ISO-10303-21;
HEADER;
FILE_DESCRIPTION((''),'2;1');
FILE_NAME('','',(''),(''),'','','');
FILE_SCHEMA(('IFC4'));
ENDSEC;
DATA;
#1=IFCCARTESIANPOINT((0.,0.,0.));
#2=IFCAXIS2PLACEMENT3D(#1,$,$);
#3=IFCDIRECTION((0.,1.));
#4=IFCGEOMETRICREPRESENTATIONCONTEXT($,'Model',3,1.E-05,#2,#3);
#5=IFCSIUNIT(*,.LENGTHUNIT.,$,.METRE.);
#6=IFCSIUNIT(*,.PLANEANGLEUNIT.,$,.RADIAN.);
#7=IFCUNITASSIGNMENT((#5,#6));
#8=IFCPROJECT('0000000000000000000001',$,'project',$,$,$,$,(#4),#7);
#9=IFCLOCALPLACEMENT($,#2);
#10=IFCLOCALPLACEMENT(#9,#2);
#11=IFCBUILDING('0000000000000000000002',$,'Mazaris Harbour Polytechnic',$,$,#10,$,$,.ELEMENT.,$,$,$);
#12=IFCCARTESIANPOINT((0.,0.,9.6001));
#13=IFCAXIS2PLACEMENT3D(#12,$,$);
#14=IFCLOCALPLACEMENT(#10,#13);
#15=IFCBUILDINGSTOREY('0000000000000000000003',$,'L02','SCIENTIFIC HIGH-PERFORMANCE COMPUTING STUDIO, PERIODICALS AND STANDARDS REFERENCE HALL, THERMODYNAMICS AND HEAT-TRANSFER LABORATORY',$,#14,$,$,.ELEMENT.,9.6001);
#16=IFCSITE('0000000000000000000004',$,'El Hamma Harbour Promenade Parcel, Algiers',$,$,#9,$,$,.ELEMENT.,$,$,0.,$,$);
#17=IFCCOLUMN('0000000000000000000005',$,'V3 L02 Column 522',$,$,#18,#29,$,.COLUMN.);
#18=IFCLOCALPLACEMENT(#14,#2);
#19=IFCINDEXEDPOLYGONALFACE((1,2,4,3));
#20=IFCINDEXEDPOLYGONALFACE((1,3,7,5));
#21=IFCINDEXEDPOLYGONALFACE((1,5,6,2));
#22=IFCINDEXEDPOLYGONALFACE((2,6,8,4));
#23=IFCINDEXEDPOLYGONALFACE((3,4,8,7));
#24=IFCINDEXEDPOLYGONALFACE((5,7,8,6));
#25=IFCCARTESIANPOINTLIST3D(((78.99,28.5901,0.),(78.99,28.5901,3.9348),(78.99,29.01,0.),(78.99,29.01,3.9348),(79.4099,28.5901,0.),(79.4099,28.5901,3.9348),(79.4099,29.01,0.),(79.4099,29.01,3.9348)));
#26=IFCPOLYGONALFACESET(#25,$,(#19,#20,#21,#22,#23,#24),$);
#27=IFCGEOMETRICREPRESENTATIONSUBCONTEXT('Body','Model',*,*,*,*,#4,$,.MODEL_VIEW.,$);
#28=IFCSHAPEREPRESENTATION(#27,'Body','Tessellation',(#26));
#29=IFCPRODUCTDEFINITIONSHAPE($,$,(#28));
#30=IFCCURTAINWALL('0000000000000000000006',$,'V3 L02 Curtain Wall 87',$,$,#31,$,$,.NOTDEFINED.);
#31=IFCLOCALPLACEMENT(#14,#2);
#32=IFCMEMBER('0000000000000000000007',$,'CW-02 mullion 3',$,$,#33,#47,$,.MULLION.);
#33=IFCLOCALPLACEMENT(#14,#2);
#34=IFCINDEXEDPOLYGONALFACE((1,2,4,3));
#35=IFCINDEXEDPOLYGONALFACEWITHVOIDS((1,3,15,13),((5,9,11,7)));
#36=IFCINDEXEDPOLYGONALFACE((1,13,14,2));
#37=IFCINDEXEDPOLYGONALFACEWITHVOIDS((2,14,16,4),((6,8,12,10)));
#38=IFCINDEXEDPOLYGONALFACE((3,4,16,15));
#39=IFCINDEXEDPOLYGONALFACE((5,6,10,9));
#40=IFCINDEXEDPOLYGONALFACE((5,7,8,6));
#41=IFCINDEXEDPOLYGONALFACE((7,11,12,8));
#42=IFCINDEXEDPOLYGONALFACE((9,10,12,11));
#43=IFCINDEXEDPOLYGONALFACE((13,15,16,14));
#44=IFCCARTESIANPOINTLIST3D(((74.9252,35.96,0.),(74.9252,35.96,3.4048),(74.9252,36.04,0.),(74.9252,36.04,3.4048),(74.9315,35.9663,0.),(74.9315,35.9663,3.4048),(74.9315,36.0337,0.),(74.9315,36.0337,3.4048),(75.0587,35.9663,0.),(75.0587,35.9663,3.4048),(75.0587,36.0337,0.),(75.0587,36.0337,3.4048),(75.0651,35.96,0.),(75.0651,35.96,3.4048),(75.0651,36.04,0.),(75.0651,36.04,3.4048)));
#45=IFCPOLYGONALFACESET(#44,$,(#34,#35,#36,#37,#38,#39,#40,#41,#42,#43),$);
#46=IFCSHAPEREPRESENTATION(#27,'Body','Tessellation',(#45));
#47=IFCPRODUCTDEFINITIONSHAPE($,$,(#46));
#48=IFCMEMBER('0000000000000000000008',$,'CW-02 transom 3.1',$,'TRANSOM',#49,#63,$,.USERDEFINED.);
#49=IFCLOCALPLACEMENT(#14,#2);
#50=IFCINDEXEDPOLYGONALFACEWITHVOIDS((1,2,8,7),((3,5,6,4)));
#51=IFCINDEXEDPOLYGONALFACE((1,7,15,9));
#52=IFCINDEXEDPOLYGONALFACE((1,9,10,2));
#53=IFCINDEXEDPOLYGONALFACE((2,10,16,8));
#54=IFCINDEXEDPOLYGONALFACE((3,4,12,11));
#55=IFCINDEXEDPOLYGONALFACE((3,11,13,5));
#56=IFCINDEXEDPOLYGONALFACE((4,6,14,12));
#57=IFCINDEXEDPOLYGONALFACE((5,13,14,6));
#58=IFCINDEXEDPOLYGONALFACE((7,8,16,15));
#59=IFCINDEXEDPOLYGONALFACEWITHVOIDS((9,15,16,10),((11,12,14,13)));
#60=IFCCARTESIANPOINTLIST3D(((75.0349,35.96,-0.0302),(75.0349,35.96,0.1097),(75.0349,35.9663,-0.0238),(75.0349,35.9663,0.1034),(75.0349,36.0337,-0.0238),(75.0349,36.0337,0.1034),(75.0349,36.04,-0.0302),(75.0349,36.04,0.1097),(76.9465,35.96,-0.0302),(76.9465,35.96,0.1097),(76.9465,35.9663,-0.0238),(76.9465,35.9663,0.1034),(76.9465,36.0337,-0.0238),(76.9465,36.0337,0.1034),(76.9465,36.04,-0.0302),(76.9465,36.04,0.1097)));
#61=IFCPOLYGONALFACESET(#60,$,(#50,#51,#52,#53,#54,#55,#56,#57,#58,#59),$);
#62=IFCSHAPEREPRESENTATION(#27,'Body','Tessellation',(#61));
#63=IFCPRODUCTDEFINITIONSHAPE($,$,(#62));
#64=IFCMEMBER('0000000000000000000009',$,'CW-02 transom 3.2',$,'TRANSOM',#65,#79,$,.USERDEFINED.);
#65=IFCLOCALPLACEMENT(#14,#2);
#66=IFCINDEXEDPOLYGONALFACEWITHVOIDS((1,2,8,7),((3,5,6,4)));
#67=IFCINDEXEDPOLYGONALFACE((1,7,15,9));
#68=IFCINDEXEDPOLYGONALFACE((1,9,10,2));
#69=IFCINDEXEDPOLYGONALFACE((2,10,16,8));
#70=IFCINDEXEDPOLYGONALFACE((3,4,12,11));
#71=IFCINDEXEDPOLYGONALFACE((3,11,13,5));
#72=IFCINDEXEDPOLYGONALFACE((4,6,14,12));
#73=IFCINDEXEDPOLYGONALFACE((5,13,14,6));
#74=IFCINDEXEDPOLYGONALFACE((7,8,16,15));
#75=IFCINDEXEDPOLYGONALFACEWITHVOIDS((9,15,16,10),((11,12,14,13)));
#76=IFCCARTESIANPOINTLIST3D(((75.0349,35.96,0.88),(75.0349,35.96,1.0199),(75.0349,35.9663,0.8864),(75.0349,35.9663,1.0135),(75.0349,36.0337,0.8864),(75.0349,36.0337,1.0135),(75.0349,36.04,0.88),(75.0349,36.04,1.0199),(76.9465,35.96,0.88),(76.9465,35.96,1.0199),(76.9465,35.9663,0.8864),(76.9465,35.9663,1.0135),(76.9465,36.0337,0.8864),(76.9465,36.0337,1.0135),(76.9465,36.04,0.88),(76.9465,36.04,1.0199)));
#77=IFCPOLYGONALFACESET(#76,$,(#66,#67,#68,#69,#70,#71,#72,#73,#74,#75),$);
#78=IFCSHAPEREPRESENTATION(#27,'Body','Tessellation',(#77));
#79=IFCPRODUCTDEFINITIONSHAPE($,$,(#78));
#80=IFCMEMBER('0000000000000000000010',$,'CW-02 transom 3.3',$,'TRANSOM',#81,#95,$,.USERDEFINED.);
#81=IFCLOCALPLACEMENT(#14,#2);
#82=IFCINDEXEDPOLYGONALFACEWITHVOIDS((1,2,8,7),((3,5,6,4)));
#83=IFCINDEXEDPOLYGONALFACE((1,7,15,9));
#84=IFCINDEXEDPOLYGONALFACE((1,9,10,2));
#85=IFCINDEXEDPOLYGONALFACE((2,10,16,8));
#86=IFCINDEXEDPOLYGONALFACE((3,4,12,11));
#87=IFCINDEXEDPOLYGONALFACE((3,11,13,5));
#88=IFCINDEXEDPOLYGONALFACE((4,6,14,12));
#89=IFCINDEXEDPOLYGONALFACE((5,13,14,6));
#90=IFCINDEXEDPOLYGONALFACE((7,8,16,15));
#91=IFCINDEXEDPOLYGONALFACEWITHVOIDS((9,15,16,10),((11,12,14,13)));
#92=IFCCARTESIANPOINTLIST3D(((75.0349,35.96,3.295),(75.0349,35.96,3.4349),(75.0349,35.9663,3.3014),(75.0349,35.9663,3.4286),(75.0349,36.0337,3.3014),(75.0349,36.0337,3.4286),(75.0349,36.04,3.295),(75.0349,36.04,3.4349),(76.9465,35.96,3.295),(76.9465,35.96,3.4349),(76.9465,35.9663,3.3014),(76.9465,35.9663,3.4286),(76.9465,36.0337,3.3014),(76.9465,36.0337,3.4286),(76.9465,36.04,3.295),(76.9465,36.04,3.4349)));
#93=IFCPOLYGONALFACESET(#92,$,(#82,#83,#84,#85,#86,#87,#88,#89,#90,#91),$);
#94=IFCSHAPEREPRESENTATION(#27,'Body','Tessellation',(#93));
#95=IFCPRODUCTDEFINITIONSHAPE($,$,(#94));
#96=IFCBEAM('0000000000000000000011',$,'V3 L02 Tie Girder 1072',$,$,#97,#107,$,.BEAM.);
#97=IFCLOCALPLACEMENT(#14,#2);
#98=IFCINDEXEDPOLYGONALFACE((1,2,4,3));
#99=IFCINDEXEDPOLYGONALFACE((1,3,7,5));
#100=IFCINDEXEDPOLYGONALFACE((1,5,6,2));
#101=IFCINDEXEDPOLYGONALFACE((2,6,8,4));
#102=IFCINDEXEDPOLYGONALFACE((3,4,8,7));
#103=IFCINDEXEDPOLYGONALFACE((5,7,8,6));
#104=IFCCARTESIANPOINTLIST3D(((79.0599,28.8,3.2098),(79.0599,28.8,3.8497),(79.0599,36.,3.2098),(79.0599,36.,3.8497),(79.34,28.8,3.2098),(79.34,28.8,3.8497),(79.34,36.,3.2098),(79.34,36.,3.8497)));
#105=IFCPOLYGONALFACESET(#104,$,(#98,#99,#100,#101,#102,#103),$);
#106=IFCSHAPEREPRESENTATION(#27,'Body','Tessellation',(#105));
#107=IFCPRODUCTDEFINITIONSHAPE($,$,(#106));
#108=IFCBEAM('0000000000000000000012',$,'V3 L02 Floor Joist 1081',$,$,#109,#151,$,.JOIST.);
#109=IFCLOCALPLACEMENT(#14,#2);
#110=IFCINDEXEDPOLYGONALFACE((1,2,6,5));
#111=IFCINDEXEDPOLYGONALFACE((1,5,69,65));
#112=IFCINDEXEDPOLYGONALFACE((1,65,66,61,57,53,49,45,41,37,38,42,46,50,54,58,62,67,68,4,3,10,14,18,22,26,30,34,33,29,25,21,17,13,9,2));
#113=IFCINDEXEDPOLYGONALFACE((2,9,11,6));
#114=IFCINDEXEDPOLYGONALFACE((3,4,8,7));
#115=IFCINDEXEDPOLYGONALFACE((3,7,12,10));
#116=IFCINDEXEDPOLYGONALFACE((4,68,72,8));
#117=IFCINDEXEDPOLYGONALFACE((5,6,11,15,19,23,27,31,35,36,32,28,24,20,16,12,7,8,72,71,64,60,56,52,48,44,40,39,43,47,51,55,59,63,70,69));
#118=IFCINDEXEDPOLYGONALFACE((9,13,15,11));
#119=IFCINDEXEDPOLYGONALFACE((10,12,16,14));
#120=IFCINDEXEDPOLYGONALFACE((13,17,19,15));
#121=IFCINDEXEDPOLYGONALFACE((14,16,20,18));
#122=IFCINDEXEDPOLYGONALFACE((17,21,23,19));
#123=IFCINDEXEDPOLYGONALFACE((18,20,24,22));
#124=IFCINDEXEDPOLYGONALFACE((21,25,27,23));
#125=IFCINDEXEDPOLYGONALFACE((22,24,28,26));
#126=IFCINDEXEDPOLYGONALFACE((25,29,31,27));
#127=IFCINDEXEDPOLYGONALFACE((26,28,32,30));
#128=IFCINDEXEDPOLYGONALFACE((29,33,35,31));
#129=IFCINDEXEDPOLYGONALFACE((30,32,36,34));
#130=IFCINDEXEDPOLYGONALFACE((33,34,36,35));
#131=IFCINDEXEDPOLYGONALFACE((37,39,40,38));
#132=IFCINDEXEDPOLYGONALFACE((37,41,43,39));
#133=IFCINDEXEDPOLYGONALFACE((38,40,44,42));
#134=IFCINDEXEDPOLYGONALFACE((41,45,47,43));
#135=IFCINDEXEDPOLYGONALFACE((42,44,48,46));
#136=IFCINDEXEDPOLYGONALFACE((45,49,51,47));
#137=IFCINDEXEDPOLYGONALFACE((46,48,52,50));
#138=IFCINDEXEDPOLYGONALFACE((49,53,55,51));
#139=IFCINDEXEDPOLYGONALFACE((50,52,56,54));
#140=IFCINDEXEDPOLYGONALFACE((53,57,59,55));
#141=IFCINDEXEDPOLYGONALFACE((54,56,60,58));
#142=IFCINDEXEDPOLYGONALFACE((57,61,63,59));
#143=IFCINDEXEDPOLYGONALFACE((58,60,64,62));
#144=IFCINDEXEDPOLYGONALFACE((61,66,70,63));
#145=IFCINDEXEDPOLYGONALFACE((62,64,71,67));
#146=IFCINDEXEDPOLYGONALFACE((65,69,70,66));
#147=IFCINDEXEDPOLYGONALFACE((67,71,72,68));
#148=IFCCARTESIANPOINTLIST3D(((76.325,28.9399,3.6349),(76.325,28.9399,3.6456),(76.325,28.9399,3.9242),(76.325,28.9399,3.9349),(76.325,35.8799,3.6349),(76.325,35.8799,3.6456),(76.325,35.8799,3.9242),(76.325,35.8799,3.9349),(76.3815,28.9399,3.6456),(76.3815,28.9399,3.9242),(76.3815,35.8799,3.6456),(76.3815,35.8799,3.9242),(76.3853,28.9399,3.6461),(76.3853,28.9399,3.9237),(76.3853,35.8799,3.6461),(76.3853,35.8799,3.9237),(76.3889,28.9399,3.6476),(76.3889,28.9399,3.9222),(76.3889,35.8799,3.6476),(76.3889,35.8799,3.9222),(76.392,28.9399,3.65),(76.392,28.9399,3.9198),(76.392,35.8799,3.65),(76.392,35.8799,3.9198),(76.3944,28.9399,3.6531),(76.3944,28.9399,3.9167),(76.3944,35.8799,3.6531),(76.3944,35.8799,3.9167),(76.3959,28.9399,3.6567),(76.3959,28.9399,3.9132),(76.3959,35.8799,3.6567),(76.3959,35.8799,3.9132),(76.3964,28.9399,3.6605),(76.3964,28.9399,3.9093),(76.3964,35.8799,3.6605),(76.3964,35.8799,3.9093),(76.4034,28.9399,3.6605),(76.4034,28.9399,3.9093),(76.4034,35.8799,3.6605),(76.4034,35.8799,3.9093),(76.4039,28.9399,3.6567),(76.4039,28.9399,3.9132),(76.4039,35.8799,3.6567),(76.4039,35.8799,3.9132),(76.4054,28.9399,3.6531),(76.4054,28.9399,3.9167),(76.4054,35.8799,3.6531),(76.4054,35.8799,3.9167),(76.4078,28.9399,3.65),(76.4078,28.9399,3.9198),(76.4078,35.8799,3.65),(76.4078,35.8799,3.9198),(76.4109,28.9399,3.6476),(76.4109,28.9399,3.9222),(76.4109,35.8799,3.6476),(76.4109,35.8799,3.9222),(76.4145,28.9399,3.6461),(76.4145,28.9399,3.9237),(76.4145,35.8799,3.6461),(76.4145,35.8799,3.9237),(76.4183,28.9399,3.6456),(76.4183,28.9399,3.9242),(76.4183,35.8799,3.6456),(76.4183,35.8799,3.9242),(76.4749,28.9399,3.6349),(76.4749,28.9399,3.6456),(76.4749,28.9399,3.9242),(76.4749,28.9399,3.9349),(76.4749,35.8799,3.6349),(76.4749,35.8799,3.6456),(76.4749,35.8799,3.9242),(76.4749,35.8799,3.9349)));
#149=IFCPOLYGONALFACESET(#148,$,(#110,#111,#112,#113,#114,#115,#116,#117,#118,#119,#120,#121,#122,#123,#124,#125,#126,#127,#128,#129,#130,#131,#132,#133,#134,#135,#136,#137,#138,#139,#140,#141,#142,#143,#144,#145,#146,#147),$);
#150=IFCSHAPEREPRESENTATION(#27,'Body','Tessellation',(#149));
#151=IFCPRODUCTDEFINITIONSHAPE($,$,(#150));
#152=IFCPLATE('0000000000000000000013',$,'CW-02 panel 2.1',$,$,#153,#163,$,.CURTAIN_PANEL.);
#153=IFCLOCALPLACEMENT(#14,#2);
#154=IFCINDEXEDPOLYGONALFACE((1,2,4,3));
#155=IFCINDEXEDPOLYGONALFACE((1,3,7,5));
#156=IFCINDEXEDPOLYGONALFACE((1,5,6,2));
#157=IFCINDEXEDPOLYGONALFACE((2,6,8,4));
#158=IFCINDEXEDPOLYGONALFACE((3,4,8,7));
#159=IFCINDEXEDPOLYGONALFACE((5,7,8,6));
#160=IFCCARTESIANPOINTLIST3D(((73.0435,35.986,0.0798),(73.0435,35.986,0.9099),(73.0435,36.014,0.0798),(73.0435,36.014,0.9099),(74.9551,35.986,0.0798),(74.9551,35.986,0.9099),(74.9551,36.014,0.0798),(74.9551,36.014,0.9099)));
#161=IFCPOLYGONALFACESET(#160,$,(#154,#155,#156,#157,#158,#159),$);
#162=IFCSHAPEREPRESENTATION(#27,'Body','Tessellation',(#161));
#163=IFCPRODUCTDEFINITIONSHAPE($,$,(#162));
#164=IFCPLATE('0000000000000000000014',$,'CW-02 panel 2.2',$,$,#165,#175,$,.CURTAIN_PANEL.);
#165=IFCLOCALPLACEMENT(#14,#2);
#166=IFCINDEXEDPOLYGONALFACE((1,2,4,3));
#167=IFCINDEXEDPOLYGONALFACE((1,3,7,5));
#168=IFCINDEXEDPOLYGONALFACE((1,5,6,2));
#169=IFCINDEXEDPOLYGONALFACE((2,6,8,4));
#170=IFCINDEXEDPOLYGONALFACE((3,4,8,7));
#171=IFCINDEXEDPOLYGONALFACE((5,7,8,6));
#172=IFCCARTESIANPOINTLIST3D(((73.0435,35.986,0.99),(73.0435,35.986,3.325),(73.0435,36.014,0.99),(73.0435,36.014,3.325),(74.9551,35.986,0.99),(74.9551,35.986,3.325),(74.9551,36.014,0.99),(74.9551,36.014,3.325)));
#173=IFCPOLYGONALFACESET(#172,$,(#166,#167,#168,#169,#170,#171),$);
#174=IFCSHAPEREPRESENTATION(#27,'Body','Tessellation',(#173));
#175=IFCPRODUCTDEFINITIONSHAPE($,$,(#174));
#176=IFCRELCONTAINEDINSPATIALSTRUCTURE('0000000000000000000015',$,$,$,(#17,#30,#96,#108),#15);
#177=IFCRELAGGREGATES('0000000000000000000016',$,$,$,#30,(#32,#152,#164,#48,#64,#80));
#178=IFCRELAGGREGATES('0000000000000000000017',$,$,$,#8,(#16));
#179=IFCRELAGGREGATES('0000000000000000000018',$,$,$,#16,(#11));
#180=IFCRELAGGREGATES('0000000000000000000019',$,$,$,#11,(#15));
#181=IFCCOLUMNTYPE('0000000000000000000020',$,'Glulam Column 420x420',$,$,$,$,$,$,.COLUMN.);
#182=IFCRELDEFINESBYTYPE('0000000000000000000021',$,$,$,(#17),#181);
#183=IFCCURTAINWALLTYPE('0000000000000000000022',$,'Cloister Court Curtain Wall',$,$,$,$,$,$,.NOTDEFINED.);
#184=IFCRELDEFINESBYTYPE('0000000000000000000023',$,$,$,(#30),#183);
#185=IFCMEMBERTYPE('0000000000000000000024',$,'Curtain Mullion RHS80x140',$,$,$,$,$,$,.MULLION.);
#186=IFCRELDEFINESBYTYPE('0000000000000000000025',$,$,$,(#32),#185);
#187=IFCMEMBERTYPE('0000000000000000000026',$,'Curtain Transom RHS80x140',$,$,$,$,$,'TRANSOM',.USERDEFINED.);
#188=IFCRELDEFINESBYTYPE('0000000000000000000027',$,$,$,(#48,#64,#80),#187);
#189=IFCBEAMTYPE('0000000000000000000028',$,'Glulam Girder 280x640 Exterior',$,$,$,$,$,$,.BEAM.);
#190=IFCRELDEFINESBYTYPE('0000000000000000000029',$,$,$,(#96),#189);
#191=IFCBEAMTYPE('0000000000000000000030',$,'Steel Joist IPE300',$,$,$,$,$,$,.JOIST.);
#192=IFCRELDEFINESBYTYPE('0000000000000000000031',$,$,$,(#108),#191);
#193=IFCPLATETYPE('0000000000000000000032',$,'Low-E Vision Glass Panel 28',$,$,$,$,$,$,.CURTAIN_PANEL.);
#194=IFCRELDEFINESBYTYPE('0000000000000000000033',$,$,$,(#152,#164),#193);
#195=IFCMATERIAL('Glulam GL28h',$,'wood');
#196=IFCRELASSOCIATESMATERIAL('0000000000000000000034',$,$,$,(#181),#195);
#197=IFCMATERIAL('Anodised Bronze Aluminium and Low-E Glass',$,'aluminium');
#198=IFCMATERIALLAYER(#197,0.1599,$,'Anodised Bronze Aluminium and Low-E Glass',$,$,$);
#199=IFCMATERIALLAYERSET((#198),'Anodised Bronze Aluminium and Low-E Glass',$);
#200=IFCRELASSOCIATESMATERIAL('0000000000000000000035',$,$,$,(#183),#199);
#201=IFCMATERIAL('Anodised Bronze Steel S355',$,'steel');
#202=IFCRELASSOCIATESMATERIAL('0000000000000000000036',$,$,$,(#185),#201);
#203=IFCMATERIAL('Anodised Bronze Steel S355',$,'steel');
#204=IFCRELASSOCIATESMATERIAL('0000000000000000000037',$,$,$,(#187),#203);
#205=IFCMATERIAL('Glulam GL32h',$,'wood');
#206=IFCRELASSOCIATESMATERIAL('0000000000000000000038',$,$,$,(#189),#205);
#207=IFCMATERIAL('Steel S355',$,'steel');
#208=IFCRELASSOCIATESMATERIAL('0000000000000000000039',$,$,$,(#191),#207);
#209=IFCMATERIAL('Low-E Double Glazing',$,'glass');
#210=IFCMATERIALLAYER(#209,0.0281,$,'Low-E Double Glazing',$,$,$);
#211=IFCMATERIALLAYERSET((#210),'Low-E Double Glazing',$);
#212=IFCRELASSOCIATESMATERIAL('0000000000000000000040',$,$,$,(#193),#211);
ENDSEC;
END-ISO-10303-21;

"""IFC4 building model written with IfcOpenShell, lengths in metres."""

from ifc_helpers import new_model, si_unit, direction, frame, origin, origin_2d, place, context, subcontext, project, spatial, rectangle, hollow_rectangle, i_section, extrude, material, layer, layer_set, material_profile, profile_set, type_object, element, aggregate, save


model = new_model("IFC4")

# Units and contexts
model_context = context("Model", 3, precision=1e-05, world=origin(), true_north=direction((0.0, 1.0)))
body_context = subcontext(model_context, "Body", "Model", "MODEL_VIEW")
ifc_project = project(units=[si_unit("LENGTHUNIT", "METRE"), si_unit("PLANEANGLEUNIT", "RADIAN")], contexts=[model_context])

# Site, building, storey
site_placement = place(None, origin())
site = spatial("IfcSite", under=ifc_project, at=site_placement, Name="El Hamma Harbour Promenade Parcel, Algiers", CompositionType="ELEMENT", RefElevation=0.0)
building_placement = place(site_placement, origin())
building = spatial("IfcBuilding", under=site, at=building_placement, Name="Mazaris Harbour Polytechnic", CompositionType="ELEMENT")
storey_placement = place(building_placement, frame((0.0, 0.0, 9.6001)))
storey = spatial("IfcBuildingStorey", under=building, at=storey_placement, Name="L02", Description="SCIENTIFIC HIGH-PERFORMANCE COMPUTING STUDIO, PERIODICALS AND STANDARDS REFERENCE HALL, THERMODYNAMICS AND HEAT-TRANSFER LABORATORY", CompositionType="ELEMENT", Elevation=9.6001)

# Column
ifc_material_1 = material(Name="Glulam GL28h", Category="wood")
ifc_material_profile_1 = material_profile(ifc_material_1, rectangle(XDim=0.4199, YDim=0.4199, at=origin_2d()), Name="RECT420x420")
ifc_profile_set_1 = profile_set([ifc_material_profile_1], Name="Glulam GL28h")
column_type = type_object("IfcColumnType", Name="Glulam Column 420x420", PredefinedType="COLUMN", material=ifc_profile_set_1)
column_placement = place(storey_placement, frame((79.2, 28.8, 0.0), z_axis=(0.0, 0.0, 1.0), x_axis=(1.0, 0.0, 0.0)))
element("IfcColumn", 1, at=column_placement, inside=storey, type_object=column_type, Name="V3 L02 Column 522", PredefinedType="COLUMN", context=body_context, shape_type="SweptSolid", body=[
    extrude(rectangle(XDim=0.4199, YDim=0.4199, at=origin_2d()), origin(), (0.0, 0.0, 1.0), 3.9348),
])

# Curtain wall, members
ifc_material_2 = material(Name="Anodised Bronze Aluminium and Low-E Glass", Category="aluminium")
ifc_layer_1 = layer(ifc_material_2, 0.1599, Name="Anodised Bronze Aluminium and Low-E Glass")
ifc_layer_set_1 = layer_set([ifc_layer_1], Name="Anodised Bronze Aluminium and Low-E Glass")
curtain_wall_type = type_object("IfcCurtainWallType", Name="Cloister Court Curtain Wall", PredefinedType="NOTDEFINED", material=ifc_layer_set_1)
curtain_wall_placement = place(storey_placement, origin())
curtain_wall = element("IfcCurtainWall", 2, at=curtain_wall_placement, inside=storey, type_object=curtain_wall_type, Name="V3 L02 Curtain Wall 87", PredefinedType="NOTDEFINED")
ifc_material_3 = material(Name="Anodised Bronze Steel S355", Category="steel")
ifc_material_profile_2 = material_profile(ifc_material_3, hollow_rectangle(XDim=0.0801, YDim=0.1399, WallThickness=0.0063, at=origin_2d()), Name="RHS 80x140x6.3")
ifc_profile_set_2 = profile_set([ifc_material_profile_2], Name="Anodised Bronze Steel S355")
member_type_1 = type_object("IfcMemberType", Name="Curtain Mullion RHS80x140", PredefinedType="MULLION", material=ifc_profile_set_2)
member_1_placement = place(storey_placement, frame((74.9951, 36.0, 0.0), z_axis=(0.0, 0.0, 1.0), x_axis=(0.0, 1.0, 0.0)))
member_1 = element("IfcMember", 3, at=member_1_placement, type_object=member_type_1, Name="CW-02 mullion 3", PredefinedType="MULLION", context=body_context, shape_type="SweptSolid", body=[
    extrude(hollow_rectangle(XDim=0.0801, YDim=0.1399, WallThickness=0.0063, at=origin_2d()), origin(), (0.0, 0.0, 1.0), 3.4048),
])
ifc_material_4 = material(Name="Anodised Bronze Steel S355", Category="steel")
ifc_material_profile_3 = material_profile(ifc_material_4, hollow_rectangle(XDim=0.0801, YDim=0.1399, WallThickness=0.0063, at=origin_2d()), Name="RHS 80x140x6.3")
ifc_profile_set_3 = profile_set([ifc_material_profile_3], Name="Anodised Bronze Steel S355")
member_type_2 = type_object("IfcMemberType", Name="Curtain Transom RHS80x140", ElementType="TRANSOM", PredefinedType="USERDEFINED", material=ifc_profile_set_3)
member_2_placement = place(storey_placement, frame((75.0349, 36.0, 0.0398), z_axis=(1.0, 0.0, 0.0), x_axis=(0.0, 1.0, 0.0)))
member_2 = element("IfcMember", 4, at=member_2_placement, type_object=member_type_2, Name="CW-02 transom 3.1", ObjectType="TRANSOM", PredefinedType="USERDEFINED", context=body_context, shape_type="SweptSolid", body=[
    extrude(hollow_rectangle(XDim=0.0801, YDim=0.1399, WallThickness=0.0063, at=origin_2d()), origin(), (0.0, 0.0, 1.0), 1.9116),
])
member_3_placement = place(storey_placement, frame((75.0349, 36.0, 0.95), z_axis=(1.0, 0.0, 0.0), x_axis=(0.0, 1.0, 0.0)))
member_3 = element("IfcMember", 5, at=member_3_placement, type_object=member_type_2, Name="CW-02 transom 3.2", ObjectType="TRANSOM", PredefinedType="USERDEFINED", context=body_context, shape_type="SweptSolid", body=[
    extrude(hollow_rectangle(XDim=0.0801, YDim=0.1399, WallThickness=0.0063, at=origin_2d()), origin(), (0.0, 0.0, 1.0), 1.9116),
])
member_4_placement = place(storey_placement, frame((75.0349, 36.0, 3.365), z_axis=(1.0, 0.0, 0.0), x_axis=(0.0, 1.0, 0.0)))
member_4 = element("IfcMember", 6, at=member_4_placement, type_object=member_type_2, Name="CW-02 transom 3.3", ObjectType="TRANSOM", PredefinedType="USERDEFINED", context=body_context, shape_type="SweptSolid", body=[
    extrude(hollow_rectangle(XDim=0.0801, YDim=0.1399, WallThickness=0.0063, at=origin_2d()), origin(), (0.0, 0.0, 1.0), 1.9116),
])

# Beams
ifc_material_5 = material(Name="Glulam GL32h", Category="wood")
ifc_material_profile_4 = material_profile(ifc_material_5, rectangle(XDim=0.28, YDim=0.6399, at=origin_2d()), Name="RECT280x640")
ifc_profile_set_4 = profile_set([ifc_material_profile_4], Name="Glulam GL32h")
beam_type_1 = type_object("IfcBeamType", Name="Glulam Girder 280x640 Exterior", PredefinedType="BEAM", material=ifc_profile_set_4)
beam_1_placement = place(storey_placement, frame((79.2, 28.8, 3.5298), z_axis=(0.0, 1.0, 0.0), x_axis=(-1.0, 0.0, 0.0)))
element("IfcBeam", 7, at=beam_1_placement, inside=storey, type_object=beam_type_1, Name="V3 L02 Tie Girder 1072", PredefinedType="BEAM", context=body_context, shape_type="SweptSolid", body=[
    extrude(rectangle(XDim=0.28, YDim=0.6399, at=origin_2d()), origin(), (0.0, 0.0, 1.0), 7.2),
])
ifc_material_6 = material(Name="Steel S355", Category="steel")
ifc_material_profile_5 = material_profile(ifc_material_6, i_section(OverallWidth=0.1499, OverallDepth=0.3, WebThickness=0.0071, FlangeThickness=0.0107, FilletRadius=0.0149, at=origin_2d()), Name="IPE 300")
ifc_profile_set_5 = profile_set([ifc_material_profile_5], Name="Steel S355")
beam_type_2 = type_object("IfcBeamType", Name="Steel Joist IPE300", PredefinedType="JOIST", material=ifc_profile_set_5)
beam_2_placement = place(storey_placement, frame((76.3999, 28.9399, 3.7849), z_axis=(0.0, 1.0, 0.0), x_axis=(-1.0, 0.0, 0.0)))
element("IfcBeam", 8, at=beam_2_placement, inside=storey, type_object=beam_type_2, Name="V3 L02 Floor Joist 1081", PredefinedType="JOIST", context=body_context, shape_type="SweptSolid", body=[
    extrude(i_section(OverallWidth=0.1499, OverallDepth=0.3, WebThickness=0.0071, FlangeThickness=0.0107, FilletRadius=0.0149, at=origin_2d()), origin(), (0.0, 0.0, 1.0), 6.9399),
])

# Plates
ifc_material_7 = material(Name="Low-E Double Glazing", Category="glass")
ifc_layer_2 = layer(ifc_material_7, 0.0281, Name="Low-E Double Glazing")
ifc_layer_set_2 = layer_set([ifc_layer_2], Name="Low-E Double Glazing")
plate_type = type_object("IfcPlateType", Name="Low-E Vision Glass Panel 28", PredefinedType="CURTAIN_PANEL", material=ifc_layer_set_2)
plate_1_placement = place(storey_placement, frame((73.9993, 36.0, 0.0798), z_axis=(0.0, 0.0, 1.0), x_axis=(1.0, 0.0, 0.0)))
plate_1 = element("IfcPlate", 9, at=plate_1_placement, type_object=plate_type, Name="CW-02 panel 2.1", PredefinedType="CURTAIN_PANEL", context=body_context, shape_type="SweptSolid", body=[
    extrude(rectangle(XDim=1.9116, YDim=0.0281, at=origin_2d()), origin(), (0.0, 0.0, 1.0), 0.8301),
])
plate_2_placement = place(storey_placement, frame((73.9993, 36.0, 0.99), z_axis=(0.0, 0.0, 1.0), x_axis=(1.0, 0.0, 0.0)))
plate_2 = element("IfcPlate", 10, at=plate_2_placement, type_object=plate_type, Name="CW-02 panel 2.2", PredefinedType="CURTAIN_PANEL", context=body_context, shape_type="SweptSolid", body=[
    extrude(rectangle(XDim=1.9116, YDim=0.0281, at=origin_2d()), origin(), (0.0, 0.0, 1.0), 2.335),
])
aggregate(curtain_wall, [member_1, plate_1, plate_2, member_2, member_3, member_4])

save(model, "model.ifc")
